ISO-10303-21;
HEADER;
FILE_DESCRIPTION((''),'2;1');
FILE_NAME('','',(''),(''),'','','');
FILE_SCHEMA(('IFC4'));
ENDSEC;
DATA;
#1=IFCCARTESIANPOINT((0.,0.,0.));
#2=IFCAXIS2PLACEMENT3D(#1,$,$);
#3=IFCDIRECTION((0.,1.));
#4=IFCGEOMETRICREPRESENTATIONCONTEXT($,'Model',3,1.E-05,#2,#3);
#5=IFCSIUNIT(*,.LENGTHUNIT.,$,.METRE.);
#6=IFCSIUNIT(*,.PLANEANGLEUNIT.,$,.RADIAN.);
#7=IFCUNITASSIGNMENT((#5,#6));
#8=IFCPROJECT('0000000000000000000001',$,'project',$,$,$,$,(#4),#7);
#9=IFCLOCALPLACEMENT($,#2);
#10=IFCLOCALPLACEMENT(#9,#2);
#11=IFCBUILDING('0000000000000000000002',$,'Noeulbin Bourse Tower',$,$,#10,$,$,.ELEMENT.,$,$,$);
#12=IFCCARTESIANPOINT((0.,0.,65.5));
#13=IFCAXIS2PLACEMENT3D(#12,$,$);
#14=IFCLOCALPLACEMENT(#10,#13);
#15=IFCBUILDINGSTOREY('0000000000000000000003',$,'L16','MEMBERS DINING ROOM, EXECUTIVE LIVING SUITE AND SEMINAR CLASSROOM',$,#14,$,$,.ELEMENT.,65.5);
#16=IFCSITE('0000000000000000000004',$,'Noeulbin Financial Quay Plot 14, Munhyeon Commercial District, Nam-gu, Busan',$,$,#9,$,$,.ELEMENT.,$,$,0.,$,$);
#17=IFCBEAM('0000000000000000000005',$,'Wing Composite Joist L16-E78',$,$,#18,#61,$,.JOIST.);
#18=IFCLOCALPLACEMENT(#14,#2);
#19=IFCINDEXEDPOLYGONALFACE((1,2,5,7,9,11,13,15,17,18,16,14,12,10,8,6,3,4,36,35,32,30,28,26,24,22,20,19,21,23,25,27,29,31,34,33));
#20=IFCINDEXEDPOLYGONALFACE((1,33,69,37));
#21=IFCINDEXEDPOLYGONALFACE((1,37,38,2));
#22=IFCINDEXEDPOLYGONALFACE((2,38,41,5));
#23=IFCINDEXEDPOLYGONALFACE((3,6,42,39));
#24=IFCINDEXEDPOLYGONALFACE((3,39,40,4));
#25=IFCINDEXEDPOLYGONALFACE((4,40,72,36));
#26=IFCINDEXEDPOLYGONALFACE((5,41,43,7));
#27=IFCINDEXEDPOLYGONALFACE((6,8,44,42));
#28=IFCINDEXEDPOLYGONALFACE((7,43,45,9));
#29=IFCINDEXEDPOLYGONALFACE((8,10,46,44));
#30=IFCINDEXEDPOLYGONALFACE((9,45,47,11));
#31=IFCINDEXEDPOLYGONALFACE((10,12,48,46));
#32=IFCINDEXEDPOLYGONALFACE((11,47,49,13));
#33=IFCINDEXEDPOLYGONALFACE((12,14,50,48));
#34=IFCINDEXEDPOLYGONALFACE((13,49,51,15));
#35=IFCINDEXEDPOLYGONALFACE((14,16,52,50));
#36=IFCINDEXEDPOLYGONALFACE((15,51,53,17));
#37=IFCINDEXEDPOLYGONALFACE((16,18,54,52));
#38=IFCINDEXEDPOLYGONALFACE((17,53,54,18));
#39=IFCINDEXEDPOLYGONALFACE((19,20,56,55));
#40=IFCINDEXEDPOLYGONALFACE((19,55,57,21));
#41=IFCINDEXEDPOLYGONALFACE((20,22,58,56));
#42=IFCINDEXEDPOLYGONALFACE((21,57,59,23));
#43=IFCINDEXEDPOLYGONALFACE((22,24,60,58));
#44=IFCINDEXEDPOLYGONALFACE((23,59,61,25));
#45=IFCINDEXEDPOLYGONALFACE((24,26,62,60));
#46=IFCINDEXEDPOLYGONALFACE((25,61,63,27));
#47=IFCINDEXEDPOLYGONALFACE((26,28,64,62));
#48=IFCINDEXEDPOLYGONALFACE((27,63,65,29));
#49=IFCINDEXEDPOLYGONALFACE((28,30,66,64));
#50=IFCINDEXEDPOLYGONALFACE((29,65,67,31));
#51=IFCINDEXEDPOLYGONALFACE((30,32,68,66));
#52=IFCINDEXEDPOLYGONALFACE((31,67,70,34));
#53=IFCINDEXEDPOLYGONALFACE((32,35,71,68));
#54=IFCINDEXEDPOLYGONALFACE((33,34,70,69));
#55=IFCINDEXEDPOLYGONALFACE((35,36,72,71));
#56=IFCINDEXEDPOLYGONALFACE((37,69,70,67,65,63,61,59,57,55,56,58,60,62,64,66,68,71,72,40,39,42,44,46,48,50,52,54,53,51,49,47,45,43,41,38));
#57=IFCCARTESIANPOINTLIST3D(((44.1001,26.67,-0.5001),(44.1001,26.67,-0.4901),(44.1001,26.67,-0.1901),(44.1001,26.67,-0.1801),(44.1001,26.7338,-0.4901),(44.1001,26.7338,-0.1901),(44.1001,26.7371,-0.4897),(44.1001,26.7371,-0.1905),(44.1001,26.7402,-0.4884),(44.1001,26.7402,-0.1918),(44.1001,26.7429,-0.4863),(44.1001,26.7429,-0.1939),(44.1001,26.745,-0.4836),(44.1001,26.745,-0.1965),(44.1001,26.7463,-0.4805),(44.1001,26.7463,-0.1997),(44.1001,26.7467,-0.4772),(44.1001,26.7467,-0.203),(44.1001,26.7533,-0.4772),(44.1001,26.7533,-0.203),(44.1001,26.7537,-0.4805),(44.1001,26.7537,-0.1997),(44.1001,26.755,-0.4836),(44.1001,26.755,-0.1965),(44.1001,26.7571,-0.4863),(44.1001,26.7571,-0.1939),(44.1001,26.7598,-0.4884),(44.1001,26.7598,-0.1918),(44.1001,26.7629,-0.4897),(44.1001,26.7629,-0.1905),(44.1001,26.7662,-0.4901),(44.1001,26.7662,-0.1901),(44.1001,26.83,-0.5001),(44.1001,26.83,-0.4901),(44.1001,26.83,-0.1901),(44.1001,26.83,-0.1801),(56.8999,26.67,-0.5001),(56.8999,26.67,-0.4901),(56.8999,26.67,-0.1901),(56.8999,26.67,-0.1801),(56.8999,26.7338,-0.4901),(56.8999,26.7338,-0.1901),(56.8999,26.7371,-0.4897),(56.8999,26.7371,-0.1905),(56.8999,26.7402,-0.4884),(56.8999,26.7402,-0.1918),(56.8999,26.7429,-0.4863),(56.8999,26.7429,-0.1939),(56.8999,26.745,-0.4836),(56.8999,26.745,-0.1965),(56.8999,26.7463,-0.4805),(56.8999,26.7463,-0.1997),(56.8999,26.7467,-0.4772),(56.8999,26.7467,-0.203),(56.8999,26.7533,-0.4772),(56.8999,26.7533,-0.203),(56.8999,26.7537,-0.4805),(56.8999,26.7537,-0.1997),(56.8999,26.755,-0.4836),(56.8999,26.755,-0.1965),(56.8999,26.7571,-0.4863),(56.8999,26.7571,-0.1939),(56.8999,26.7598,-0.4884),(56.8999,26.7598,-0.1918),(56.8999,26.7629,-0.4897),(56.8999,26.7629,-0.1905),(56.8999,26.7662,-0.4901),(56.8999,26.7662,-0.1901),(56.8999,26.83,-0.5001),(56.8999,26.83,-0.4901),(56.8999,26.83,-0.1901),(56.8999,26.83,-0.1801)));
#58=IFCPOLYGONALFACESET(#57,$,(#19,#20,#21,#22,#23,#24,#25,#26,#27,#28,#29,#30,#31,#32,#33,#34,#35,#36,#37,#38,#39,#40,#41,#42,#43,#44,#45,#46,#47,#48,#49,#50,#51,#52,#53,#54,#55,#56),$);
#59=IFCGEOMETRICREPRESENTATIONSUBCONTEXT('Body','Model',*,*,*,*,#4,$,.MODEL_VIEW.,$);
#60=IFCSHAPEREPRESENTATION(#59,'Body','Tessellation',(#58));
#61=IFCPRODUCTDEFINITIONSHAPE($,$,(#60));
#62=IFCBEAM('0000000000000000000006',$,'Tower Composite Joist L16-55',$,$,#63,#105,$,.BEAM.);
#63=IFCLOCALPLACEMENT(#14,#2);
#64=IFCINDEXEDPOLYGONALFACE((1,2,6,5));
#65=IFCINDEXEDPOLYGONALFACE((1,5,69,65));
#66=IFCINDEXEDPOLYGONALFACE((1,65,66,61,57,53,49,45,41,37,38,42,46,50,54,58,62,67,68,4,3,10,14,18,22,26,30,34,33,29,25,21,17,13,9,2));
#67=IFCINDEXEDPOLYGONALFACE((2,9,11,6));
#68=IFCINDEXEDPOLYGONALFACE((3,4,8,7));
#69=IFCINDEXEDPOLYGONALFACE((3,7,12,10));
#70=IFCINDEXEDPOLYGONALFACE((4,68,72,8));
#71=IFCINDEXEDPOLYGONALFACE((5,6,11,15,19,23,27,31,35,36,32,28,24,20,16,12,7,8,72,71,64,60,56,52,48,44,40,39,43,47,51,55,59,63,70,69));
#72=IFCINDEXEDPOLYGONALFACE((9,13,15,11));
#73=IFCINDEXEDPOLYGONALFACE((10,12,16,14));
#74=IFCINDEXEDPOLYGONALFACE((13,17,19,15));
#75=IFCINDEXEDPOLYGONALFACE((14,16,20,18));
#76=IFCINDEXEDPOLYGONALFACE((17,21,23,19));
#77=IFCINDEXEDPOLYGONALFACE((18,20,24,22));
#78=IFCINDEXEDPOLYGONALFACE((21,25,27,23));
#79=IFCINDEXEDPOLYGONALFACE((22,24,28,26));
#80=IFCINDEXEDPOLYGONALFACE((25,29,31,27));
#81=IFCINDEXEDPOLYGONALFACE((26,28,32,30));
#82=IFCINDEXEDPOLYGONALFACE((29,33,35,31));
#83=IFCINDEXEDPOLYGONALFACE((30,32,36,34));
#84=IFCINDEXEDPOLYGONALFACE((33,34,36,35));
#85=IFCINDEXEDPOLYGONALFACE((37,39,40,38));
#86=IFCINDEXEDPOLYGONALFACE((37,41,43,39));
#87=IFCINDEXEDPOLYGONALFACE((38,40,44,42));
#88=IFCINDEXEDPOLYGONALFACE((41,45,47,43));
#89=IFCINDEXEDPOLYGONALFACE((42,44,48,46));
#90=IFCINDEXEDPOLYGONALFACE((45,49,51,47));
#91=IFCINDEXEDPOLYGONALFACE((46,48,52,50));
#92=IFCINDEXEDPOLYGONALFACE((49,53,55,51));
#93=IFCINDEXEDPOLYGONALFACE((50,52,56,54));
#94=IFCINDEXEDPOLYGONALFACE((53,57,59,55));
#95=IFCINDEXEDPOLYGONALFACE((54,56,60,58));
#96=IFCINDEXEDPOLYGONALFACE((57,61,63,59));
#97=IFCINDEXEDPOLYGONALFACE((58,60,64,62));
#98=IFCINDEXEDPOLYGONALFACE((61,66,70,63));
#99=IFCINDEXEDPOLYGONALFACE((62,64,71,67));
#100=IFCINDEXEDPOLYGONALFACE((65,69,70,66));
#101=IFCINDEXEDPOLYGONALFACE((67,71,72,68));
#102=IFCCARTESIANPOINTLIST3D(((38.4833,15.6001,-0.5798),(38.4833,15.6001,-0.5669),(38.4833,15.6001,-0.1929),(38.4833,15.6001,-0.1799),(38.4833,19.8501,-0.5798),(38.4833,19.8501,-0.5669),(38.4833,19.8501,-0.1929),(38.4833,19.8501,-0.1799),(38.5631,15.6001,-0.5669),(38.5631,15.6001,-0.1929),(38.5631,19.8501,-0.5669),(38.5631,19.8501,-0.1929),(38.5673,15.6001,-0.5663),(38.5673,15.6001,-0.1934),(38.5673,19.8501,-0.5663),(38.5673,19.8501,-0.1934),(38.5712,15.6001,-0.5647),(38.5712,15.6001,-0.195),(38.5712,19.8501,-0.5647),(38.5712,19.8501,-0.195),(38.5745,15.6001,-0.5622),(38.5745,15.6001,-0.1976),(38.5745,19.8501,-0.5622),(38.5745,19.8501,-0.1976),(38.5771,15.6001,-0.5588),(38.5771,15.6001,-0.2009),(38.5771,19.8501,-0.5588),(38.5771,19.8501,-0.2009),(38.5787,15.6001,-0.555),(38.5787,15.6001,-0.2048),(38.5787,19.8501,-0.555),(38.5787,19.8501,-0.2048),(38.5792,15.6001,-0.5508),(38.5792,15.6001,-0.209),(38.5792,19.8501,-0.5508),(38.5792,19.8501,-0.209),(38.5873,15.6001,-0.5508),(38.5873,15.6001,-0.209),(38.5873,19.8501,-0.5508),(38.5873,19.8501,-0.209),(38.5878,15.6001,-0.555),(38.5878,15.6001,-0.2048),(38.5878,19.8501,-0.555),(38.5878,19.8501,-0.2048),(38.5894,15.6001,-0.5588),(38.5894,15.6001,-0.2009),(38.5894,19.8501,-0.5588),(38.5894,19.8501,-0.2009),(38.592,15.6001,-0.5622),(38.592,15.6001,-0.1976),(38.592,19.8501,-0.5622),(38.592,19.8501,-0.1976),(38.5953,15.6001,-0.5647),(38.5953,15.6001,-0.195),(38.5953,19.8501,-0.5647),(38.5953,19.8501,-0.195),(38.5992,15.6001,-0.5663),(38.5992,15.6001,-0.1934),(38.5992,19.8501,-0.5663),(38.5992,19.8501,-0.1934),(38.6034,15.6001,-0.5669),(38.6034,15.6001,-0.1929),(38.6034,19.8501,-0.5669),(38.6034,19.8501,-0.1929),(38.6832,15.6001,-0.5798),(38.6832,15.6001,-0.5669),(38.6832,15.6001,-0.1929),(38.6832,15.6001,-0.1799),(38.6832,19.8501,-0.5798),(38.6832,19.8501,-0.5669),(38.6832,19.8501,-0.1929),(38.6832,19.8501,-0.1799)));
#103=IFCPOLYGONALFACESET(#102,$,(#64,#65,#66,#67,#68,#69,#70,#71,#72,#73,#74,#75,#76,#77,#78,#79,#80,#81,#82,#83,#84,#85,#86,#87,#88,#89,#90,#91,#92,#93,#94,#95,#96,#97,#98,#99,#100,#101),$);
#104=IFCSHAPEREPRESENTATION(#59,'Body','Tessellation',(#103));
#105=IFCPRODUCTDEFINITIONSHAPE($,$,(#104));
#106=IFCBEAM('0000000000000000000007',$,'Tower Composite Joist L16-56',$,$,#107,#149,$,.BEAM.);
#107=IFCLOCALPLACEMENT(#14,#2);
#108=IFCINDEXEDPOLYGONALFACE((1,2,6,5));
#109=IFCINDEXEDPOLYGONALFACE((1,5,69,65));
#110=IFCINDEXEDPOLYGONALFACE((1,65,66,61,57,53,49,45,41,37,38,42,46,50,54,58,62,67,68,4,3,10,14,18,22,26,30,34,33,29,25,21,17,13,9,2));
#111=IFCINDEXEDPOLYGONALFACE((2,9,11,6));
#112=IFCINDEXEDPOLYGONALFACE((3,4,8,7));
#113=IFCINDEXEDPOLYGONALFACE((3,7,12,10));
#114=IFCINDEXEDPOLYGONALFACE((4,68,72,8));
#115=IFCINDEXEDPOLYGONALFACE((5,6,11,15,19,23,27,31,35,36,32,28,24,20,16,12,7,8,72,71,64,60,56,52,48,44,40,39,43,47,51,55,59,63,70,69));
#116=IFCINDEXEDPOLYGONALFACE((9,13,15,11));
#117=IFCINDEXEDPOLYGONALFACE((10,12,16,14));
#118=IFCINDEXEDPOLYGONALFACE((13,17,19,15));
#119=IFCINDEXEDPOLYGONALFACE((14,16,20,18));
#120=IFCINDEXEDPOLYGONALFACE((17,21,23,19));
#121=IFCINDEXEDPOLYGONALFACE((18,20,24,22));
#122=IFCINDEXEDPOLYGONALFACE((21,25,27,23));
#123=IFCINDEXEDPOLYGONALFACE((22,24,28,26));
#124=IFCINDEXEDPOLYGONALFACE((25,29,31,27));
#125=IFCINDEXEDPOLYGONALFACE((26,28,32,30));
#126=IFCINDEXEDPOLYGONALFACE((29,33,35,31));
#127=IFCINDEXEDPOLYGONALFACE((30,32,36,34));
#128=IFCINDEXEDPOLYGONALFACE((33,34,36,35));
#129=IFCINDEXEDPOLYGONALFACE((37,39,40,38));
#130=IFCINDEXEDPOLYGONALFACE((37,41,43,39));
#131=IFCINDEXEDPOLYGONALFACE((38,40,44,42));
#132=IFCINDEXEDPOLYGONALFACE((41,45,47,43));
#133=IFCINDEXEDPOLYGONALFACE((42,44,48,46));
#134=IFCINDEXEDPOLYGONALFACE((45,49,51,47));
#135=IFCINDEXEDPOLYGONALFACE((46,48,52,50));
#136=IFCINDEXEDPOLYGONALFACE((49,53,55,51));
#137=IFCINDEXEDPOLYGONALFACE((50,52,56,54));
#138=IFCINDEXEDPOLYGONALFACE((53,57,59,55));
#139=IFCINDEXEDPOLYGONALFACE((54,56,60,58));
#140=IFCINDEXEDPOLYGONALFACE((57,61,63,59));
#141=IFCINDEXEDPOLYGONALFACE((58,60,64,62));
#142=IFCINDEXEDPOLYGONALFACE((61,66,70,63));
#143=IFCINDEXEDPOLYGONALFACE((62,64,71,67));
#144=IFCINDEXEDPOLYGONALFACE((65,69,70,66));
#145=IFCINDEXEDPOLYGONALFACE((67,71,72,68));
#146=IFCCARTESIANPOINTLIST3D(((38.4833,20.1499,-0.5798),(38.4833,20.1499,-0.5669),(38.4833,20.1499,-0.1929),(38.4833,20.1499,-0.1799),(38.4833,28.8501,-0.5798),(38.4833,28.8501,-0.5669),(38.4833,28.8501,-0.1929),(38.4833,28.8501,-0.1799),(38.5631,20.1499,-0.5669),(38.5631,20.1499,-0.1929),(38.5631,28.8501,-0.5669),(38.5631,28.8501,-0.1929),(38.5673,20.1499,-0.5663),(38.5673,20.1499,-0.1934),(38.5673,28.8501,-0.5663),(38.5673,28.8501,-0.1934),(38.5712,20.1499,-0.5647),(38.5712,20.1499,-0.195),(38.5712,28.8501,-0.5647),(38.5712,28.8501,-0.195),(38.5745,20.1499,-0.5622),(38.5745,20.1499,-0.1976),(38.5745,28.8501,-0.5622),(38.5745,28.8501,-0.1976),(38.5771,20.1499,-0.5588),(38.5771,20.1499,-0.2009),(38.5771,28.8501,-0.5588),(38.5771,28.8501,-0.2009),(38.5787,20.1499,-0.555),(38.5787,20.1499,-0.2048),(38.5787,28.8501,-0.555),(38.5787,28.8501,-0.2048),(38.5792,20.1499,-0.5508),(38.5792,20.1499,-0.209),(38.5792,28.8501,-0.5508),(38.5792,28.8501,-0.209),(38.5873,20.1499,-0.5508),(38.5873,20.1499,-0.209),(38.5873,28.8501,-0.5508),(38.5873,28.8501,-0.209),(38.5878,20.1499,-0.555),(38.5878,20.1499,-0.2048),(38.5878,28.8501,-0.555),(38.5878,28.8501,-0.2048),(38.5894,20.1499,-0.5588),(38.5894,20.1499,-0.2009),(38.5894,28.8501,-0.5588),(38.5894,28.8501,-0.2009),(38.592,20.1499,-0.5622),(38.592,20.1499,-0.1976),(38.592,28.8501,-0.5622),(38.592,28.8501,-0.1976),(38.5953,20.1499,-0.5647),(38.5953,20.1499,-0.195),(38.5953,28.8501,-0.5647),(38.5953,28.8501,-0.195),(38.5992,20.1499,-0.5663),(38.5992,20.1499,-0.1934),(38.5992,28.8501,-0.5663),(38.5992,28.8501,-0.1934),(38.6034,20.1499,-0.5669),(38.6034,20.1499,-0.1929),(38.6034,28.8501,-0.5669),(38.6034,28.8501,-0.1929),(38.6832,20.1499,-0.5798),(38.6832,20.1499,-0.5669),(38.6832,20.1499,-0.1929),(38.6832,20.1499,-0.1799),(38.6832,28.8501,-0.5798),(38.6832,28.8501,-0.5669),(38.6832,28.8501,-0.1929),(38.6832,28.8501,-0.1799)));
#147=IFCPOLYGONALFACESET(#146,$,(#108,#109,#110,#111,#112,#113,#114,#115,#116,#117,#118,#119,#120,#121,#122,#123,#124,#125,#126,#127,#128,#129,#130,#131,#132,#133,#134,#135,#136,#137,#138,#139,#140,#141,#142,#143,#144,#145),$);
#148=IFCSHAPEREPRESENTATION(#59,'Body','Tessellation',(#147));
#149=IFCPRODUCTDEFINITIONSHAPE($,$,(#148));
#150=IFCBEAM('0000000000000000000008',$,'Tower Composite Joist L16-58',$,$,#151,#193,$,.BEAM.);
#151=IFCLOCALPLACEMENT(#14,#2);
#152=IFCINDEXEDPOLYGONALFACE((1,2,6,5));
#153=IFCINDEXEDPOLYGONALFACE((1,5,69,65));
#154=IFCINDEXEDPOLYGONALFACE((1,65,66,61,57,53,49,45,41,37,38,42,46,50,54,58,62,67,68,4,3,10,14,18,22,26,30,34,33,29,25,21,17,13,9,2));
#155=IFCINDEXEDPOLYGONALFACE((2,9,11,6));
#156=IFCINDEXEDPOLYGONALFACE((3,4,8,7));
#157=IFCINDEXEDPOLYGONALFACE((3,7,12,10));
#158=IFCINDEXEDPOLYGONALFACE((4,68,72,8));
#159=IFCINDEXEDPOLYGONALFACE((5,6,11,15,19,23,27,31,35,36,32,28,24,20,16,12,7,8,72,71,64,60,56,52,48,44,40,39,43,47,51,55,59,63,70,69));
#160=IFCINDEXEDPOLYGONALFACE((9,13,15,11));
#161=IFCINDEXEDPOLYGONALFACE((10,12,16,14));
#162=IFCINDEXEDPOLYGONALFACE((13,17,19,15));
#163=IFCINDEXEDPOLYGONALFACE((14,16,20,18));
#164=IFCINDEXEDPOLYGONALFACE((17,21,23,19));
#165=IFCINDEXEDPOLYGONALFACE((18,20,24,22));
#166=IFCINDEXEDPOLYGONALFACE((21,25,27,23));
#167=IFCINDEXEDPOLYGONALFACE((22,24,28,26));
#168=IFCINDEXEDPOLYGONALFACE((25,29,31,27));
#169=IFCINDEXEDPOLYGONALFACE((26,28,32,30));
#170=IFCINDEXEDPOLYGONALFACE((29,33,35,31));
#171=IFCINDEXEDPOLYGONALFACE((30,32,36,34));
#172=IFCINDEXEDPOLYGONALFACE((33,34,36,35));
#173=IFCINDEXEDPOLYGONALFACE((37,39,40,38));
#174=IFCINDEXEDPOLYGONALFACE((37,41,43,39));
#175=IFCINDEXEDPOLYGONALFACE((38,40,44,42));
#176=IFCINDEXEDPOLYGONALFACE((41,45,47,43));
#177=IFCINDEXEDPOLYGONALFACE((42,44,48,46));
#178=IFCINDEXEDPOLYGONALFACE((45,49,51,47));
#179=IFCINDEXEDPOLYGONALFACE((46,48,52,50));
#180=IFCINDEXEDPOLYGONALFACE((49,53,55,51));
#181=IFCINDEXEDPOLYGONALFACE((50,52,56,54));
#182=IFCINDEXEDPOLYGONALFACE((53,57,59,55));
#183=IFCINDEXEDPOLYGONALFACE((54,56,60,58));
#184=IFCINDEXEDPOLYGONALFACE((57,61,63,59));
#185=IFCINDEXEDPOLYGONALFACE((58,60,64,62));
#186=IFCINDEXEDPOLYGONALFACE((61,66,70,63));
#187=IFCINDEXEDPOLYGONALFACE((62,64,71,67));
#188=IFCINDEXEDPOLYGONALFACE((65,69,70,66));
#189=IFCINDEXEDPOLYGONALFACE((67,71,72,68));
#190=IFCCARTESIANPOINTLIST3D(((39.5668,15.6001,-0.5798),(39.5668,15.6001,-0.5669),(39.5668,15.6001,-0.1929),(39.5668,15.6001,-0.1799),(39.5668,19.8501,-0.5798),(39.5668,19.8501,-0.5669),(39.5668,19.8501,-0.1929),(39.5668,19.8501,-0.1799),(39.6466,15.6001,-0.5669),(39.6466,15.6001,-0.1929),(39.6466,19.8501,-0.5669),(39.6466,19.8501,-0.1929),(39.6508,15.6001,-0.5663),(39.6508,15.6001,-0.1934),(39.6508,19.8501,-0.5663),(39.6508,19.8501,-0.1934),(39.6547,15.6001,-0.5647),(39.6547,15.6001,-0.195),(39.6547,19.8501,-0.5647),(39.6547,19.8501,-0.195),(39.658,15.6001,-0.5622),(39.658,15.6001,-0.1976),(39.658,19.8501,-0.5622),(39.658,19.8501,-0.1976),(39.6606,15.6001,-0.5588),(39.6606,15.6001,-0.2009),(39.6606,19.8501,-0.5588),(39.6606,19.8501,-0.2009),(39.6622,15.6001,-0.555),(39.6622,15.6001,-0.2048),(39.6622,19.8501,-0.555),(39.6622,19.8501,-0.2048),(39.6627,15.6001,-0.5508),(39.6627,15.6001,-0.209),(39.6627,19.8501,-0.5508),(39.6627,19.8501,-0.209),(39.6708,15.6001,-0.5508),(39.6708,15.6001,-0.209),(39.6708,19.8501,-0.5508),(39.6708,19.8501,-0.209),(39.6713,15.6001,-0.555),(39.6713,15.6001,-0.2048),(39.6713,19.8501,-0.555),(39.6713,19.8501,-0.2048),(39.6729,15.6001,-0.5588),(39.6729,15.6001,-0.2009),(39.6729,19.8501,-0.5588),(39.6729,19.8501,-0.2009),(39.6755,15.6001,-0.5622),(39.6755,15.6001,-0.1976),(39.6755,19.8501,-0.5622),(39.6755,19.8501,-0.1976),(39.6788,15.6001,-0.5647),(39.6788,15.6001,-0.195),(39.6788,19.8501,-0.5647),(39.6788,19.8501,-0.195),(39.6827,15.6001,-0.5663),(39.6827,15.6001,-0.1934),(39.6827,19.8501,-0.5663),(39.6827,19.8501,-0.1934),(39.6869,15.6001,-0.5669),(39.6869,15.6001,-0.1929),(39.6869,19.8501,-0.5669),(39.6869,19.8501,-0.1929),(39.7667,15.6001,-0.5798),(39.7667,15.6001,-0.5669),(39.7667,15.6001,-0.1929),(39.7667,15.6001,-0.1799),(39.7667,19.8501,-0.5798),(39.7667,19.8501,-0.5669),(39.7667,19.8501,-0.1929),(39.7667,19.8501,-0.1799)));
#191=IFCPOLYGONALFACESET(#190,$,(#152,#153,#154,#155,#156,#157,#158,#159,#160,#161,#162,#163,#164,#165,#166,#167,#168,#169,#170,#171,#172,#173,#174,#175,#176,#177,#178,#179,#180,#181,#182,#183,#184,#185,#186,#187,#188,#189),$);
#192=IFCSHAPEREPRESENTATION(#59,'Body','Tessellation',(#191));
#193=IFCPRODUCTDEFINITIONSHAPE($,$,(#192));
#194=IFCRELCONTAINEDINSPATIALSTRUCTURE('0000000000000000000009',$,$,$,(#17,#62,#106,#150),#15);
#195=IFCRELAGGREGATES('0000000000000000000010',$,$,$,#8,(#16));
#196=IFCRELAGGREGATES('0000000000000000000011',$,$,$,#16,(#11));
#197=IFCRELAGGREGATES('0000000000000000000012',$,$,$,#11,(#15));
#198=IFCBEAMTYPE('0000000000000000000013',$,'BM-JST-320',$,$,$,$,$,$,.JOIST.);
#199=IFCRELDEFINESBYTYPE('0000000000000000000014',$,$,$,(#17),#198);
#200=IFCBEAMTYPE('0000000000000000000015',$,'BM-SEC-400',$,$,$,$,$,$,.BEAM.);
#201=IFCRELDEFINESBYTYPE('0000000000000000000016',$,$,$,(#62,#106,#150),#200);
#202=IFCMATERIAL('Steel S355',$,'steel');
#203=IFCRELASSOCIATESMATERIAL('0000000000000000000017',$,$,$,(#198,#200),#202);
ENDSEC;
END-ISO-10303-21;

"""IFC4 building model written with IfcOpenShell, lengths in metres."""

from ifc_helpers import new_model, si_unit, direction, frame, origin, origin_2d, place, context, subcontext, project, spatial, i_section, extrude, material, material_profile, profile_set, type_object, element, save


model = new_model("IFC4")

# Units and contexts
model_context = context("Model", 3, precision=1e-05, world=origin(), true_north=direction((0.0, 1.0)))
body_context = subcontext(model_context, "Body", "Model", "MODEL_VIEW")
ifc_project = project(units=[si_unit("LENGTHUNIT", "METRE"), si_unit("PLANEANGLEUNIT", "RADIAN")], contexts=[model_context])

# Site, building, storey
site_placement = place(None, origin())
site = spatial("IfcSite", under=ifc_project, at=site_placement, Name="Noeulbin Financial Quay Plot 14, Munhyeon Commercial District, Nam-gu, Busan", CompositionType="ELEMENT", RefElevation=0.0)
building_placement = place(site_placement, origin())
building = spatial("IfcBuilding", under=site, at=building_placement, Name="Noeulbin Bourse Tower", CompositionType="ELEMENT")
storey_placement = place(building_placement, frame((0.0, 0.0, 65.5)))
storey = spatial("IfcBuildingStorey", under=building, at=storey_placement, Name="L16", Description="MEMBERS DINING ROOM, EXECUTIVE LIVING SUITE AND SEMINAR CLASSROOM", CompositionType="ELEMENT", Elevation=65.5)

# Beams
ifc_material_1 = material(Name="Steel S355", Category="steel")
ifc_material_profile_1 = material_profile(ifc_material_1, i_section(OverallWidth=0.1599, OverallDepth=0.3201, WebThickness=0.0066, FlangeThickness=0.01, FilletRadius=0.0129, at=origin_2d()), Name="H-320x160x6.5x10", Category="LoadBearing")
ifc_profile_set_1 = profile_set([ifc_material_profile_1], Name="Steel S355")
beam_type_1 = type_object("IfcBeamType", Name="BM-JST-320", PredefinedType="JOIST", material=ifc_profile_set_1)
for number, where, z_axis, x_axis, name in (
    (1, (44.1001, 26.75, -0.3401), (1.0, 0.0, 0.0), (0.0, 1.0, 0.0), "Wing Composite Joist L16-E78"),
):
    element("IfcBeam", number, at=place(storey_placement, frame(where, z_axis=z_axis, x_axis=x_axis)), inside=storey, type_object=beam_type_1, Name=name, PredefinedType="JOIST", context=body_context, shape_type="SweptSolid", body=[
        extrude(i_section(OverallWidth=0.1599, OverallDepth=0.3201, WebThickness=0.0066, FlangeThickness=0.01, FilletRadius=0.0129, at=origin_2d()), origin(), (0.0, 0.0, 1.0), 12.7998),
    ])
ifc_material_profile_2 = material_profile(ifc_material_1, i_section(OverallWidth=0.2, OverallDepth=0.3999, WebThickness=0.0081, FlangeThickness=0.0129, FilletRadius=0.0161, at=origin_2d()), Name="H-400x200x8x13", Category="LoadBearing")
ifc_profile_set_2 = profile_set([ifc_material_profile_2], Name="Steel S355")
beam_type_2 = type_object("IfcBeamType", Name="BM-SEC-400", PredefinedType="BEAM", material=ifc_profile_set_2)
beam_1_placement = place(storey_placement, frame((38.5833, 15.6001, -0.3799), z_axis=(0.0, 1.0, 0.0), x_axis=(-1.0, 0.0, 0.0)))
element("IfcBeam", 2, at=beam_1_placement, inside=storey, type_object=beam_type_2, Name="Tower Composite Joist L16-55", PredefinedType="BEAM", context=body_context, shape_type="SweptSolid", body=[
    extrude(i_section(OverallWidth=0.2, OverallDepth=0.3999, WebThickness=0.0081, FlangeThickness=0.0129, FilletRadius=0.0161, at=origin_2d()), origin(), (0.0, 0.0, 1.0), 4.25),
])
beam_2_placement = place(storey_placement, frame((38.5833, 20.1499, -0.3799), z_axis=(0.0, 1.0, 0.0), x_axis=(-1.0, 0.0, 0.0)))
element("IfcBeam", 3, at=beam_2_placement, inside=storey, type_object=beam_type_2, Name="Tower Composite Joist L16-56", PredefinedType="BEAM", context=body_context, shape_type="SweptSolid", body=[
    extrude(i_section(OverallWidth=0.2, OverallDepth=0.3999, WebThickness=0.0081, FlangeThickness=0.0129, FilletRadius=0.0161, at=origin_2d()), origin(), (0.0, 0.0, 1.0), 8.7002),
])
beam_3_placement = place(storey_placement, frame((39.6667, 15.6001, -0.3799), z_axis=(0.0, 1.0, 0.0), x_axis=(-1.0, 0.0, 0.0)))
element("IfcBeam", 4, at=beam_3_placement, inside=storey, type_object=beam_type_2, Name="Tower Composite Joist L16-58", PredefinedType="BEAM", context=body_context, shape_type="SweptSolid", body=[
    extrude(i_section(OverallWidth=0.2, OverallDepth=0.3999, WebThickness=0.0081, FlangeThickness=0.0129, FilletRadius=0.0161, at=origin_2d()), origin(), (0.0, 0.0, 1.0), 4.25),
])

save(model, "model.ifc")
